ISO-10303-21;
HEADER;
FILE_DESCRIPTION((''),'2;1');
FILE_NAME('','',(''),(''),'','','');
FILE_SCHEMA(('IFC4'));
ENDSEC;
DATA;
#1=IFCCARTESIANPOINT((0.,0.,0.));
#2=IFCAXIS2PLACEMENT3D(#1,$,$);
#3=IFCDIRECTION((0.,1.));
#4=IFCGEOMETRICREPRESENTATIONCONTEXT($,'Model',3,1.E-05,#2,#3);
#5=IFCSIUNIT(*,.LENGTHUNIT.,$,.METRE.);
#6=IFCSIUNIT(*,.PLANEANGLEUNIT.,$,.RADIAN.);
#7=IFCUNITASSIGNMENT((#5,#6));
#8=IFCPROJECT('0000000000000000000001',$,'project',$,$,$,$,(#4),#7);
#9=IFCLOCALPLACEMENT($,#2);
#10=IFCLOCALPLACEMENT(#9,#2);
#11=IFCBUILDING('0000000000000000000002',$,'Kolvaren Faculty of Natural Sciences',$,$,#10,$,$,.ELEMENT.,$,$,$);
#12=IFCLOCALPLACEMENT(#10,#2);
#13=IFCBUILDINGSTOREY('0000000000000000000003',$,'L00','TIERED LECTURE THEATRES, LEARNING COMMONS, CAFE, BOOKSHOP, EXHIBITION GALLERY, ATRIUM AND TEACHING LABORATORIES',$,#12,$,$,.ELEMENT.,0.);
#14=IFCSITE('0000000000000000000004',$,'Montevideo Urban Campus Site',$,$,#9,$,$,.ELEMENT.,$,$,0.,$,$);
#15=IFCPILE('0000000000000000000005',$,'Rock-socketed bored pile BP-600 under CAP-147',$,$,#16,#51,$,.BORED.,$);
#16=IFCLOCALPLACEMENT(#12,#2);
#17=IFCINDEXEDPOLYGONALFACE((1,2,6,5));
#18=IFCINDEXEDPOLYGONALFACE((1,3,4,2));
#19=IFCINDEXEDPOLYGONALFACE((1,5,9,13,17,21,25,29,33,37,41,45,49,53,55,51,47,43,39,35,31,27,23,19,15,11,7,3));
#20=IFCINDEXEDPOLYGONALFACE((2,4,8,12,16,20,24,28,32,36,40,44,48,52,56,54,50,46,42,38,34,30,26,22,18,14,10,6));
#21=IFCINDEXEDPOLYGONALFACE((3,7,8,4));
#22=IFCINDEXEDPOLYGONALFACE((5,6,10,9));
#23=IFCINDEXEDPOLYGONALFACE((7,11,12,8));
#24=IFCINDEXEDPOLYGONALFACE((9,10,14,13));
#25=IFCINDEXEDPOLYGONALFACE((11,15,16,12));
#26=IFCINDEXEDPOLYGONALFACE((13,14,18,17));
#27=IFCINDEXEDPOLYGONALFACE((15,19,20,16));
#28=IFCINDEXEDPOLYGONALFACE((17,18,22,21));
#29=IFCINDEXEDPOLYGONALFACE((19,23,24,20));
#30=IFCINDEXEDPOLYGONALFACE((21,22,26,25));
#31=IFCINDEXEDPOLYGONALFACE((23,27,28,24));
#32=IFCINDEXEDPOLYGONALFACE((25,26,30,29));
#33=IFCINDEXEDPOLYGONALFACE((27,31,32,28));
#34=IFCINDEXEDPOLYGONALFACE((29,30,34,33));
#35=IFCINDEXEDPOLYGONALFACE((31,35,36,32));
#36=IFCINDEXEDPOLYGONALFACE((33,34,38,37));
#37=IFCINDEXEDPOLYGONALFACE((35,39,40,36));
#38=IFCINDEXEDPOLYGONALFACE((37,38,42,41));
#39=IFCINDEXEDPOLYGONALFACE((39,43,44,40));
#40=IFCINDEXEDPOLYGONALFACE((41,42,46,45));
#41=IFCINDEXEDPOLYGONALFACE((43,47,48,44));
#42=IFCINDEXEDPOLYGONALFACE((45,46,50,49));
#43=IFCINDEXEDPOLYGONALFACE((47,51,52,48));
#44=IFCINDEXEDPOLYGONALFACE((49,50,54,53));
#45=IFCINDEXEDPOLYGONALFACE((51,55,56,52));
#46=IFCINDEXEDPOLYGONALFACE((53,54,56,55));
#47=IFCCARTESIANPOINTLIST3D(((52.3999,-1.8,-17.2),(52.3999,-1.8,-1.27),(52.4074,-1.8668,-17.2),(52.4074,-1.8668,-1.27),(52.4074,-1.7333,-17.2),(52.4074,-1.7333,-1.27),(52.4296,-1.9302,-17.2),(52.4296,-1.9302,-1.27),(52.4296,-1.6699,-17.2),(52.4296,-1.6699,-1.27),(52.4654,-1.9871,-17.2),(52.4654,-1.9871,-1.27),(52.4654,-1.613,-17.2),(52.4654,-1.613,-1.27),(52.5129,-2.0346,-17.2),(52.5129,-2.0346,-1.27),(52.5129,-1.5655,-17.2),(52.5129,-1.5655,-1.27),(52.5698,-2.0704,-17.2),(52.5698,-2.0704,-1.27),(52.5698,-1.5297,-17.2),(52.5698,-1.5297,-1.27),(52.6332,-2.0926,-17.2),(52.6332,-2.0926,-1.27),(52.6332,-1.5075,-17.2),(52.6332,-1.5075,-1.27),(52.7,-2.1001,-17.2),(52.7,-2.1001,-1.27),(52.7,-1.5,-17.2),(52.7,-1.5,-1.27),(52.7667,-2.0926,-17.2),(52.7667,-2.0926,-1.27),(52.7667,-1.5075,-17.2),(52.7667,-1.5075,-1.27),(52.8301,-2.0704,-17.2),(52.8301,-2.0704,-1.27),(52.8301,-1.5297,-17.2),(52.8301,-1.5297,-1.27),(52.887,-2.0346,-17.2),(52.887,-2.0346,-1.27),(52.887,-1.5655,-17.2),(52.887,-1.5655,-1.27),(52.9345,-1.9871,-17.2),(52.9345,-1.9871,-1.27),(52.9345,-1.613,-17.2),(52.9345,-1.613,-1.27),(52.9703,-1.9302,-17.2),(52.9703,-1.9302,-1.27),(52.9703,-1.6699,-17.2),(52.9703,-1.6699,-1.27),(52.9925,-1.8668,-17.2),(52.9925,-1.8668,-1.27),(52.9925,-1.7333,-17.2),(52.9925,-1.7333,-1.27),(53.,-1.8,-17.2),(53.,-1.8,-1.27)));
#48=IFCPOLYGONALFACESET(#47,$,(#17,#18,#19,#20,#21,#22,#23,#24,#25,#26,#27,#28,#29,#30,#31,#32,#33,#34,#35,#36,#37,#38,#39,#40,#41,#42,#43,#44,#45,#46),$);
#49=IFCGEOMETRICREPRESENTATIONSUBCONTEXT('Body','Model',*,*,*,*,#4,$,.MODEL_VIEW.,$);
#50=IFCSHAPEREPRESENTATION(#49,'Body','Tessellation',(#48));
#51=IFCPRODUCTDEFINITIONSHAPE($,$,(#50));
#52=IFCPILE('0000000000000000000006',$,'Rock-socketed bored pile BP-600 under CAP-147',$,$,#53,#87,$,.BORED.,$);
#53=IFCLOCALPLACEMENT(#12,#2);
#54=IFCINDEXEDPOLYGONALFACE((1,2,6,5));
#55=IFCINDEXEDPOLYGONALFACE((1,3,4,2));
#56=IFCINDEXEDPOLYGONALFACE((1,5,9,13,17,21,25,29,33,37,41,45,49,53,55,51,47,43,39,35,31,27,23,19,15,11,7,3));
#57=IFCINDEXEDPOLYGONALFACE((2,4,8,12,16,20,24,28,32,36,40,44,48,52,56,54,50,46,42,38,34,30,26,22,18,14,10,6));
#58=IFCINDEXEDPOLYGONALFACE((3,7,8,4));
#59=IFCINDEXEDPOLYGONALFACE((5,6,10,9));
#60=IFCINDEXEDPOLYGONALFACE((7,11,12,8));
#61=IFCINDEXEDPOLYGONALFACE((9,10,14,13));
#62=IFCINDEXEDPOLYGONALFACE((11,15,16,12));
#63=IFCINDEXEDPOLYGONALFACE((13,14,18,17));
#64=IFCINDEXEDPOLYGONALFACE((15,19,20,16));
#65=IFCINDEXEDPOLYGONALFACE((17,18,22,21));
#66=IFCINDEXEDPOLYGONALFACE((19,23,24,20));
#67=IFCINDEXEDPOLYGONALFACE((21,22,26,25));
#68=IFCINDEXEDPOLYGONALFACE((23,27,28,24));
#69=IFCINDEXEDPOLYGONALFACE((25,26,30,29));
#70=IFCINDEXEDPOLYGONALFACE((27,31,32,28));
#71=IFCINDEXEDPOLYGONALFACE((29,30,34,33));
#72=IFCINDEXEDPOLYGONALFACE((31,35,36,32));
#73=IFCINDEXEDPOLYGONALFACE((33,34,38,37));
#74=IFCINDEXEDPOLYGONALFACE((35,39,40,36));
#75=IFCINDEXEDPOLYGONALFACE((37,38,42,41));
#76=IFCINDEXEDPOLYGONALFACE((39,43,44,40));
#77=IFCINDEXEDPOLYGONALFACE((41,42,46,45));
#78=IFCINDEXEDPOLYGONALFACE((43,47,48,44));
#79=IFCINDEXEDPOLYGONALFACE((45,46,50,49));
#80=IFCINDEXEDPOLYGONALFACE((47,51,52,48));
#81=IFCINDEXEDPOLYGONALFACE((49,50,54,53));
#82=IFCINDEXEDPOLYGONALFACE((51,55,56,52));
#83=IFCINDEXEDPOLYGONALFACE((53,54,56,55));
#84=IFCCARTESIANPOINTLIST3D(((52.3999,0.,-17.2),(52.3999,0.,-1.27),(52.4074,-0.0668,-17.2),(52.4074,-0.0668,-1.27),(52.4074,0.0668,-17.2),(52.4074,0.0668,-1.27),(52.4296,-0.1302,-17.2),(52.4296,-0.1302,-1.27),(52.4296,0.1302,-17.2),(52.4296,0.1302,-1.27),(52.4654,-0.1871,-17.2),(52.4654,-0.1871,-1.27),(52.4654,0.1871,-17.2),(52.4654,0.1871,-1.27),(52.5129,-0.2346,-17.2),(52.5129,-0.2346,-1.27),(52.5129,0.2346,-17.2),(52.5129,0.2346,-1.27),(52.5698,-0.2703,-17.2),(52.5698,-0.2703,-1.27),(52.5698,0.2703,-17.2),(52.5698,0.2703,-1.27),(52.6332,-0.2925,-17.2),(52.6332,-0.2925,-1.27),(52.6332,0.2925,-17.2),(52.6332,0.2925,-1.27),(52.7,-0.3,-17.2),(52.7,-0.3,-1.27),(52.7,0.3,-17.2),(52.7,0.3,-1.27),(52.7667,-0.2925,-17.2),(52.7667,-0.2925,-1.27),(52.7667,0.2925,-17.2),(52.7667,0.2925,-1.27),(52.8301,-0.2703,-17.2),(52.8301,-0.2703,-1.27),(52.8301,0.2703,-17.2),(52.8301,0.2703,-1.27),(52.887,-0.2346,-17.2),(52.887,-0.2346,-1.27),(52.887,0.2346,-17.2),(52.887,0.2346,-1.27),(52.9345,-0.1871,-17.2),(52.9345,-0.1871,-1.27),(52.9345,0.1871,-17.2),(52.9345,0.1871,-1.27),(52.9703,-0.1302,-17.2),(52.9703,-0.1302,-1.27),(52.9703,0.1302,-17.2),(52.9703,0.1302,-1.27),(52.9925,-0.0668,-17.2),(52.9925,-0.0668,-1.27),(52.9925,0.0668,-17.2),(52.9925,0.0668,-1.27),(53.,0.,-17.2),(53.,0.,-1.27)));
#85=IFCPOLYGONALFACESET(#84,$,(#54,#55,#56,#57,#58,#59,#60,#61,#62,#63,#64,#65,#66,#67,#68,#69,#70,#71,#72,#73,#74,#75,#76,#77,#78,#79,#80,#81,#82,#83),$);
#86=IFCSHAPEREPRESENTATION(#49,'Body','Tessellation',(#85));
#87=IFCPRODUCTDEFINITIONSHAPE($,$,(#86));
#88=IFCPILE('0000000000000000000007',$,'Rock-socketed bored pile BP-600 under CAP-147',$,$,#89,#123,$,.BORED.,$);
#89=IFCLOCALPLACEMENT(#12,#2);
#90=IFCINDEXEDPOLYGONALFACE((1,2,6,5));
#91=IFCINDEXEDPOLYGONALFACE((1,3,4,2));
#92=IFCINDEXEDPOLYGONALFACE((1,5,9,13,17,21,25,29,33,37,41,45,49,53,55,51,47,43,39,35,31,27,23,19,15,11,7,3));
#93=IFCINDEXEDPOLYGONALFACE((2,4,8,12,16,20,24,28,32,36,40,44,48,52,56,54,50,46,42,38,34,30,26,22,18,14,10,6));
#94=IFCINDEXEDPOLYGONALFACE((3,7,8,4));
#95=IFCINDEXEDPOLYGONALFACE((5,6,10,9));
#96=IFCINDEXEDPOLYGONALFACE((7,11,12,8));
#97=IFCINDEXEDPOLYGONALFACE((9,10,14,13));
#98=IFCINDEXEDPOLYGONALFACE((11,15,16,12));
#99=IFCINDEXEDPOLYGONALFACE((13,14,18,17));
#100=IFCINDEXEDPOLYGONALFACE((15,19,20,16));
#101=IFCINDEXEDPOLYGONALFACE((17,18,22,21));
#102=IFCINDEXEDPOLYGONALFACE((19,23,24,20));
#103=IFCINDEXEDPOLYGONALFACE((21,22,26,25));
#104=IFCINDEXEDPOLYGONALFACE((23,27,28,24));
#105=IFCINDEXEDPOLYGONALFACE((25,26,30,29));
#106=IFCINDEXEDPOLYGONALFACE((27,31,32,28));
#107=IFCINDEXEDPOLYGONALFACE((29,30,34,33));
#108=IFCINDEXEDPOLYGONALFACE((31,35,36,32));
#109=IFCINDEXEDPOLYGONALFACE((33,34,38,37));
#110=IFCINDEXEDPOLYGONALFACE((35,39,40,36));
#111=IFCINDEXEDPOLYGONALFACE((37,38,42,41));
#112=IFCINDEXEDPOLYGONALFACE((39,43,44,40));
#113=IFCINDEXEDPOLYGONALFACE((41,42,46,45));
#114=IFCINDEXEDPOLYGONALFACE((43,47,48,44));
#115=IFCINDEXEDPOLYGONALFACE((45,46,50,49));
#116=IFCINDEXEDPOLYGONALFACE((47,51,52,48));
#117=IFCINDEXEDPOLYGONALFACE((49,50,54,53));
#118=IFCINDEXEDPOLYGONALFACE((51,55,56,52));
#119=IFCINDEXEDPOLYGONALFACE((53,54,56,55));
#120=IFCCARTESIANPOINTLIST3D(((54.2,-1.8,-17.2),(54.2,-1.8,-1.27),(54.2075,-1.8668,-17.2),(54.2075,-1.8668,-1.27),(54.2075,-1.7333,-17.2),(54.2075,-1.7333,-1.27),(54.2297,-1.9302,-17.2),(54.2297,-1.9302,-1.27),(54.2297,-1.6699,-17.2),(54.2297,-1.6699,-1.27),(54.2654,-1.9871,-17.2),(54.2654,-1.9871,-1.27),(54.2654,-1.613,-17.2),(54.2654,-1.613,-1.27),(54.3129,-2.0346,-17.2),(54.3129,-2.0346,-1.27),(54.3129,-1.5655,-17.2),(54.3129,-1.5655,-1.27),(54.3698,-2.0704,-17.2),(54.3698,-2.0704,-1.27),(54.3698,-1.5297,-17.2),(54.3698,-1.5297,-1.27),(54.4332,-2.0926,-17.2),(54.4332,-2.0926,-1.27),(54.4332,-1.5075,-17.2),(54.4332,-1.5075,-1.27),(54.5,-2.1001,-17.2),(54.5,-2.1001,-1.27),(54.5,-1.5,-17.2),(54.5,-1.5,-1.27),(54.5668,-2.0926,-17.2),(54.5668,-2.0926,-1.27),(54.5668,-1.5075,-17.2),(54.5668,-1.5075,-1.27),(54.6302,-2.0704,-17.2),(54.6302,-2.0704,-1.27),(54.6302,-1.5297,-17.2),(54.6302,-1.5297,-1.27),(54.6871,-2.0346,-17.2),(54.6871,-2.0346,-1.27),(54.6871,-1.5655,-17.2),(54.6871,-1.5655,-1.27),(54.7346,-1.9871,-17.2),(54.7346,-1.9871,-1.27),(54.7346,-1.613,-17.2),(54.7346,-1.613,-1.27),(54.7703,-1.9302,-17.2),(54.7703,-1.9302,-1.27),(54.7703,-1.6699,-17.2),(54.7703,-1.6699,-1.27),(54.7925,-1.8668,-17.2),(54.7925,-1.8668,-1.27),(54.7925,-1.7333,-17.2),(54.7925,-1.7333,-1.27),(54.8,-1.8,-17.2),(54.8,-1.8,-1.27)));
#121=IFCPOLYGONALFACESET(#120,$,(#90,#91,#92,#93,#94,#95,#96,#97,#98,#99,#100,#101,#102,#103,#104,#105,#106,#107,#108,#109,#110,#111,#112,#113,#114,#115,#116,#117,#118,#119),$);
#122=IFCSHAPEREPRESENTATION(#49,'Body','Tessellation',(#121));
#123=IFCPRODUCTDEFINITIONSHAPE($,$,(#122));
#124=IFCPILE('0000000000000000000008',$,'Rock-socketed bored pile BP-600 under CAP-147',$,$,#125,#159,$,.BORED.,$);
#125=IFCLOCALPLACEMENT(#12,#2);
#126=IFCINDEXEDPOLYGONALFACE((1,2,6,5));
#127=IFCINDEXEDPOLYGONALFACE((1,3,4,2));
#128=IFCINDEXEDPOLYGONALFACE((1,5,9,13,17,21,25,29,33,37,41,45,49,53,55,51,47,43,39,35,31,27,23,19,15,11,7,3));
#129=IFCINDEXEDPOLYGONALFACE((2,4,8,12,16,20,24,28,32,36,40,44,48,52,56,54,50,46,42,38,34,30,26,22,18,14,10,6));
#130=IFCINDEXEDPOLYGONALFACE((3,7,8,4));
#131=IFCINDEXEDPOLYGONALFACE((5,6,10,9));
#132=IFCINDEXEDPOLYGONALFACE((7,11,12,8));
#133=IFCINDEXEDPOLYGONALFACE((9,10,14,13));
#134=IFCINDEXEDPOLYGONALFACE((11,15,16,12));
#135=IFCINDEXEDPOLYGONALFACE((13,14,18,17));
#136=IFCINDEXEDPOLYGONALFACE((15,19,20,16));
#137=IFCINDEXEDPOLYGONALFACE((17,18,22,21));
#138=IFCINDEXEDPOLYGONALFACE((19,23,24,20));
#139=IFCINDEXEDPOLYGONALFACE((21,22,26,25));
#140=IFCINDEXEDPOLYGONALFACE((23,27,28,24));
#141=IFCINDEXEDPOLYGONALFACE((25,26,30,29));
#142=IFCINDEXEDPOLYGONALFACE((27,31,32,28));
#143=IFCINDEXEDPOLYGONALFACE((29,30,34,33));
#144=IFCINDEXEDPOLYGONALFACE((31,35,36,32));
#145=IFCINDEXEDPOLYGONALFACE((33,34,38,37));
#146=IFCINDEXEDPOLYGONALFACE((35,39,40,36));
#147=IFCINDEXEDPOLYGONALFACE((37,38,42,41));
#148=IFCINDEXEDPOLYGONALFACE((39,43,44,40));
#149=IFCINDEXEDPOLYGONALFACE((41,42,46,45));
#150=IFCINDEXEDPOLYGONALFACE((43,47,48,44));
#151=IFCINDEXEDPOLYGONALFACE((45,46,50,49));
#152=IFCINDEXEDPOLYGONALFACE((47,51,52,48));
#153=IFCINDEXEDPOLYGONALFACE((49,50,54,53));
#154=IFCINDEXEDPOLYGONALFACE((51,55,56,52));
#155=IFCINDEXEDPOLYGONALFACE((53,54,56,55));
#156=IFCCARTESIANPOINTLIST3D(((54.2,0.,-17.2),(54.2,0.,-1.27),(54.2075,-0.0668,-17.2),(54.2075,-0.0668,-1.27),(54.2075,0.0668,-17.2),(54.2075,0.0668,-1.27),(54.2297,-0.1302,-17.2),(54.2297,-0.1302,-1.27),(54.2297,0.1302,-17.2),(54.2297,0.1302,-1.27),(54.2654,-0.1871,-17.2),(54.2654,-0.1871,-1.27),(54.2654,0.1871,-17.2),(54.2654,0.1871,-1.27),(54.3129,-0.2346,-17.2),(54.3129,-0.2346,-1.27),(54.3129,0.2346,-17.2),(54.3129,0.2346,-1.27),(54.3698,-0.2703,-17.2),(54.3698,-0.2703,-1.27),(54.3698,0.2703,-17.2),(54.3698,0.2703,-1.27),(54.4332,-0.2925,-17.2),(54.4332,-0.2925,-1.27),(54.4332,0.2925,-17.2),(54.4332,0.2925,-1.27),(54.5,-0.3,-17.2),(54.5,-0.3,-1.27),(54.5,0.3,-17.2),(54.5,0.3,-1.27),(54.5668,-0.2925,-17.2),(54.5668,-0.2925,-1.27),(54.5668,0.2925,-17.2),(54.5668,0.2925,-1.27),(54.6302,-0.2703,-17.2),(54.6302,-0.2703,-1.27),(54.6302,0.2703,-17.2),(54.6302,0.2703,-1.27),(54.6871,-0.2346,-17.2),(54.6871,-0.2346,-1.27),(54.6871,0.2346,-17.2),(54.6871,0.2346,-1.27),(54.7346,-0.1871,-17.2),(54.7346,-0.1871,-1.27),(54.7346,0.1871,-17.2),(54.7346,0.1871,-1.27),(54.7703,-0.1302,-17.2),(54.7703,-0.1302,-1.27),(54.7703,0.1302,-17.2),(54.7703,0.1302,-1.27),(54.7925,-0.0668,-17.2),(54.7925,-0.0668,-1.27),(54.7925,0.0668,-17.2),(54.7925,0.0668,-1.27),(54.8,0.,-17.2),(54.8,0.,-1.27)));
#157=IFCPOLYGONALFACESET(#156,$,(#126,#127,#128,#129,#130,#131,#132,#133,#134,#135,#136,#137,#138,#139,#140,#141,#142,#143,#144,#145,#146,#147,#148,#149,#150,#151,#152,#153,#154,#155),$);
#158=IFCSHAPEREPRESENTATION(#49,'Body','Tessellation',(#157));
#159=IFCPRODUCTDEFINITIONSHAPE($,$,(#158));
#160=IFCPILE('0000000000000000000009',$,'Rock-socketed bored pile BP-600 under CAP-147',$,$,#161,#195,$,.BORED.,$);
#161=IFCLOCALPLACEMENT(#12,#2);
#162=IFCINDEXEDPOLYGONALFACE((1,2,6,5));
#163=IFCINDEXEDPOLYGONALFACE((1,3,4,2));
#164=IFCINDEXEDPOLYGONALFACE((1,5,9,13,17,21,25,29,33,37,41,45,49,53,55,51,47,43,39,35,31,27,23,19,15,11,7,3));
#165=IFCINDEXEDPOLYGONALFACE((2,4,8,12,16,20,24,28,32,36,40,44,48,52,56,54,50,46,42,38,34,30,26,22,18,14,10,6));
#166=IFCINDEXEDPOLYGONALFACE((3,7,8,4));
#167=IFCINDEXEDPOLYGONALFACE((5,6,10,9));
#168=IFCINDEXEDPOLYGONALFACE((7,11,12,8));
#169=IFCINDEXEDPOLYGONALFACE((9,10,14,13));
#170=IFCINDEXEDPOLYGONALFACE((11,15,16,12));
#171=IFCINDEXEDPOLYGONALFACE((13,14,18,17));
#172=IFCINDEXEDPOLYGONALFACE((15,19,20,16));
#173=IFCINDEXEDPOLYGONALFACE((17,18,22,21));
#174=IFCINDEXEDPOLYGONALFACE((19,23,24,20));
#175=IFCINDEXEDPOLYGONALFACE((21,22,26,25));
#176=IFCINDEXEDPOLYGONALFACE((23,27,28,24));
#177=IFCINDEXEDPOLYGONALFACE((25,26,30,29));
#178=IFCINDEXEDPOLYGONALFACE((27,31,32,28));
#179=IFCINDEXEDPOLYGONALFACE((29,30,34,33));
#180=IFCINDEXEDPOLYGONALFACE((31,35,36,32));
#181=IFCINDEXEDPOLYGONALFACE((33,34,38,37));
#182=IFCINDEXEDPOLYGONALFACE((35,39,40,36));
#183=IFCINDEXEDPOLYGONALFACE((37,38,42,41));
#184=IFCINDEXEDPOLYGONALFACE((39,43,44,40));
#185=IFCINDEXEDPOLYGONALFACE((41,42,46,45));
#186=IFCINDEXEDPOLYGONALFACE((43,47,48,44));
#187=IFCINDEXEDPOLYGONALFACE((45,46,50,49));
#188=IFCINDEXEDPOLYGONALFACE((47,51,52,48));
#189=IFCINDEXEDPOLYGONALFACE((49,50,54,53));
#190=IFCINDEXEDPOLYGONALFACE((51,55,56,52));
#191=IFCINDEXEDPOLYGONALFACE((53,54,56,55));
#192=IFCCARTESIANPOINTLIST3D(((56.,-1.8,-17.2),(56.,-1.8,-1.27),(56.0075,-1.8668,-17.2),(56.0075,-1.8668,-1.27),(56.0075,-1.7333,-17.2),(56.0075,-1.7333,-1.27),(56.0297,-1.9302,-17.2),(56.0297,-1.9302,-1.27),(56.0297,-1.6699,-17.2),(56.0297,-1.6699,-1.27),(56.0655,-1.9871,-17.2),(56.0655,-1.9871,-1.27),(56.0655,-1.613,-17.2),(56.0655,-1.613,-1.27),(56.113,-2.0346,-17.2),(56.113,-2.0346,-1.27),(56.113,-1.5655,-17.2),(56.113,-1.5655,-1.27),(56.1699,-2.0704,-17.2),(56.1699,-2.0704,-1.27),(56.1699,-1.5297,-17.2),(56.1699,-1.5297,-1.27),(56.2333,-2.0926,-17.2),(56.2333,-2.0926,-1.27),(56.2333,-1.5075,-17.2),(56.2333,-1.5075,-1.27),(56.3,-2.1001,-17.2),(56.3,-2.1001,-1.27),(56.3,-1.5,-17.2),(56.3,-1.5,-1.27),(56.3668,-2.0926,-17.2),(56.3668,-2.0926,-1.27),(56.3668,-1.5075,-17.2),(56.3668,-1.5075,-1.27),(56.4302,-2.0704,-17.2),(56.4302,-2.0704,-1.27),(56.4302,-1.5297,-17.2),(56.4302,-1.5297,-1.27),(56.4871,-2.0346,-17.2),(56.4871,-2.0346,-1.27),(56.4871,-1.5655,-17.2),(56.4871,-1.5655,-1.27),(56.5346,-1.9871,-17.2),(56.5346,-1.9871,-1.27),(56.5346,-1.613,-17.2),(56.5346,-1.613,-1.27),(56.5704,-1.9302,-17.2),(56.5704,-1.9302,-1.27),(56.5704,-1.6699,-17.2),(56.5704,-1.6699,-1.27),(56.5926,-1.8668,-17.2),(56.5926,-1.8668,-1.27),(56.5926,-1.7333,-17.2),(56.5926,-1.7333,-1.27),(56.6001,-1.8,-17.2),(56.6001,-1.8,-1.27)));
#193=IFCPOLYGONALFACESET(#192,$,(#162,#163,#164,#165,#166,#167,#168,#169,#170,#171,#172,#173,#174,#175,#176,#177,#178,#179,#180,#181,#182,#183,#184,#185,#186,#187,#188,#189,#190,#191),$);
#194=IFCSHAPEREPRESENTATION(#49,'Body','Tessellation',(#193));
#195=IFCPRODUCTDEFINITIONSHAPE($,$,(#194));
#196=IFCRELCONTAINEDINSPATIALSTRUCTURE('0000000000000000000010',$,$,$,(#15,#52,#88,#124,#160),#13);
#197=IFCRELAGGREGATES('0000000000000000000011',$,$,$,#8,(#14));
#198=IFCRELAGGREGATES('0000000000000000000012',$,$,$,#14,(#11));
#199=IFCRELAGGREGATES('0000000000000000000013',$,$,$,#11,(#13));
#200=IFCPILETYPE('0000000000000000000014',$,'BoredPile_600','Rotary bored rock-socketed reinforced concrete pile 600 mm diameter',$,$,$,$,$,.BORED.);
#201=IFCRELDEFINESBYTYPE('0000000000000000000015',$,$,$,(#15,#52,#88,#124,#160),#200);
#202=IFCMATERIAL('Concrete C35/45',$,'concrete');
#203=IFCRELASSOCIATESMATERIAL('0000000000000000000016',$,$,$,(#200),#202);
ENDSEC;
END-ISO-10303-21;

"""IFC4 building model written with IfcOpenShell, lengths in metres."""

from ifc_helpers import new_model, si_unit, direction, frame, origin, origin_2d, place, context, subcontext, project, spatial, circle, extrude, material, material_profile, profile_set, type_object, element, save


model = new_model("IFC4")

# Units and contexts
model_context = context("Model", 3, precision=1e-05, world=origin(), true_north=direction((0.0, 1.0)))
body_context = subcontext(model_context, "Body", "Model", "MODEL_VIEW")
ifc_project = project(units=[si_unit("LENGTHUNIT", "METRE"), si_unit("PLANEANGLEUNIT", "RADIAN")], contexts=[model_context])

# Site, building, storey
site_placement = place(None, origin())
site = spatial("IfcSite", under=ifc_project, at=site_placement, Name="Montevideo Urban Campus Site", CompositionType="ELEMENT", RefElevation=0.0)
building_placement = place(site_placement, origin())
building = spatial("IfcBuilding", under=site, at=building_placement, Name="Kolvaren Faculty of Natural Sciences", CompositionType="ELEMENT")
storey_placement = place(building_placement, origin())
storey = spatial("IfcBuildingStorey", under=building, at=storey_placement, Name="L00", Description="TIERED LECTURE THEATRES, LEARNING COMMONS, CAFE, BOOKSHOP, EXHIBITION GALLERY, ATRIUM AND TEACHING LABORATORIES", CompositionType="ELEMENT", Elevation=0.0)

# Piles
ifc_material_1 = material(Name="Concrete C35/45", Category="concrete")
ifc_material_profile_1 = material_profile(ifc_material_1, circle(Radius=0.3, at=origin_2d()), Name="PILE D600")
ifc_profile_set_1 = profile_set([ifc_material_profile_1], Name="Concrete C35/45")
pile_type_1 = type_object("IfcPileType", Name="BoredPile_600", Description="Rotary bored rock-socketed reinforced concrete pile 600 mm diameter", PredefinedType="BORED", material=ifc_profile_set_1)
for number, where, z_axis, x_axis, name in (
    (1, (52.7, -1.8, -1.27), (0.0, 0.0, -1.0), (1.0, 0.0, 0.0), "Rock-socketed bored pile BP-600 under CAP-147"),
    (2, (52.7, 0.0, -1.27), (0.0, 0.0, -1.0), (1.0, 0.0, 0.0), "Rock-socketed bored pile BP-600 under CAP-147"),
    (3, (54.5, -1.8, -1.27), (0.0, 0.0, -1.0), (1.0, 0.0, 0.0), "Rock-socketed bored pile BP-600 under CAP-147"),
    (4, (54.5, 0.0, -1.27), (0.0, 0.0, -1.0), (1.0, 0.0, 0.0), "Rock-socketed bored pile BP-600 under CAP-147"),
    (5, (56.3, -1.8, -1.27), (0.0, 0.0, -1.0), (1.0, 0.0, 0.0), "Rock-socketed bored pile BP-600 under CAP-147"),
):
    element("IfcPile", number, at=place(storey_placement, frame(where, z_axis=z_axis, x_axis=x_axis)), inside=storey, type_object=pile_type_1, Name=name, PredefinedType="BORED", context=body_context, shape_type="SweptSolid", body=[
        extrude(circle(Radius=0.3, at=origin_2d()), origin(), (0.0, 0.0, 1.0), 15.9299),
    ])

save(model, "model.ifc")
